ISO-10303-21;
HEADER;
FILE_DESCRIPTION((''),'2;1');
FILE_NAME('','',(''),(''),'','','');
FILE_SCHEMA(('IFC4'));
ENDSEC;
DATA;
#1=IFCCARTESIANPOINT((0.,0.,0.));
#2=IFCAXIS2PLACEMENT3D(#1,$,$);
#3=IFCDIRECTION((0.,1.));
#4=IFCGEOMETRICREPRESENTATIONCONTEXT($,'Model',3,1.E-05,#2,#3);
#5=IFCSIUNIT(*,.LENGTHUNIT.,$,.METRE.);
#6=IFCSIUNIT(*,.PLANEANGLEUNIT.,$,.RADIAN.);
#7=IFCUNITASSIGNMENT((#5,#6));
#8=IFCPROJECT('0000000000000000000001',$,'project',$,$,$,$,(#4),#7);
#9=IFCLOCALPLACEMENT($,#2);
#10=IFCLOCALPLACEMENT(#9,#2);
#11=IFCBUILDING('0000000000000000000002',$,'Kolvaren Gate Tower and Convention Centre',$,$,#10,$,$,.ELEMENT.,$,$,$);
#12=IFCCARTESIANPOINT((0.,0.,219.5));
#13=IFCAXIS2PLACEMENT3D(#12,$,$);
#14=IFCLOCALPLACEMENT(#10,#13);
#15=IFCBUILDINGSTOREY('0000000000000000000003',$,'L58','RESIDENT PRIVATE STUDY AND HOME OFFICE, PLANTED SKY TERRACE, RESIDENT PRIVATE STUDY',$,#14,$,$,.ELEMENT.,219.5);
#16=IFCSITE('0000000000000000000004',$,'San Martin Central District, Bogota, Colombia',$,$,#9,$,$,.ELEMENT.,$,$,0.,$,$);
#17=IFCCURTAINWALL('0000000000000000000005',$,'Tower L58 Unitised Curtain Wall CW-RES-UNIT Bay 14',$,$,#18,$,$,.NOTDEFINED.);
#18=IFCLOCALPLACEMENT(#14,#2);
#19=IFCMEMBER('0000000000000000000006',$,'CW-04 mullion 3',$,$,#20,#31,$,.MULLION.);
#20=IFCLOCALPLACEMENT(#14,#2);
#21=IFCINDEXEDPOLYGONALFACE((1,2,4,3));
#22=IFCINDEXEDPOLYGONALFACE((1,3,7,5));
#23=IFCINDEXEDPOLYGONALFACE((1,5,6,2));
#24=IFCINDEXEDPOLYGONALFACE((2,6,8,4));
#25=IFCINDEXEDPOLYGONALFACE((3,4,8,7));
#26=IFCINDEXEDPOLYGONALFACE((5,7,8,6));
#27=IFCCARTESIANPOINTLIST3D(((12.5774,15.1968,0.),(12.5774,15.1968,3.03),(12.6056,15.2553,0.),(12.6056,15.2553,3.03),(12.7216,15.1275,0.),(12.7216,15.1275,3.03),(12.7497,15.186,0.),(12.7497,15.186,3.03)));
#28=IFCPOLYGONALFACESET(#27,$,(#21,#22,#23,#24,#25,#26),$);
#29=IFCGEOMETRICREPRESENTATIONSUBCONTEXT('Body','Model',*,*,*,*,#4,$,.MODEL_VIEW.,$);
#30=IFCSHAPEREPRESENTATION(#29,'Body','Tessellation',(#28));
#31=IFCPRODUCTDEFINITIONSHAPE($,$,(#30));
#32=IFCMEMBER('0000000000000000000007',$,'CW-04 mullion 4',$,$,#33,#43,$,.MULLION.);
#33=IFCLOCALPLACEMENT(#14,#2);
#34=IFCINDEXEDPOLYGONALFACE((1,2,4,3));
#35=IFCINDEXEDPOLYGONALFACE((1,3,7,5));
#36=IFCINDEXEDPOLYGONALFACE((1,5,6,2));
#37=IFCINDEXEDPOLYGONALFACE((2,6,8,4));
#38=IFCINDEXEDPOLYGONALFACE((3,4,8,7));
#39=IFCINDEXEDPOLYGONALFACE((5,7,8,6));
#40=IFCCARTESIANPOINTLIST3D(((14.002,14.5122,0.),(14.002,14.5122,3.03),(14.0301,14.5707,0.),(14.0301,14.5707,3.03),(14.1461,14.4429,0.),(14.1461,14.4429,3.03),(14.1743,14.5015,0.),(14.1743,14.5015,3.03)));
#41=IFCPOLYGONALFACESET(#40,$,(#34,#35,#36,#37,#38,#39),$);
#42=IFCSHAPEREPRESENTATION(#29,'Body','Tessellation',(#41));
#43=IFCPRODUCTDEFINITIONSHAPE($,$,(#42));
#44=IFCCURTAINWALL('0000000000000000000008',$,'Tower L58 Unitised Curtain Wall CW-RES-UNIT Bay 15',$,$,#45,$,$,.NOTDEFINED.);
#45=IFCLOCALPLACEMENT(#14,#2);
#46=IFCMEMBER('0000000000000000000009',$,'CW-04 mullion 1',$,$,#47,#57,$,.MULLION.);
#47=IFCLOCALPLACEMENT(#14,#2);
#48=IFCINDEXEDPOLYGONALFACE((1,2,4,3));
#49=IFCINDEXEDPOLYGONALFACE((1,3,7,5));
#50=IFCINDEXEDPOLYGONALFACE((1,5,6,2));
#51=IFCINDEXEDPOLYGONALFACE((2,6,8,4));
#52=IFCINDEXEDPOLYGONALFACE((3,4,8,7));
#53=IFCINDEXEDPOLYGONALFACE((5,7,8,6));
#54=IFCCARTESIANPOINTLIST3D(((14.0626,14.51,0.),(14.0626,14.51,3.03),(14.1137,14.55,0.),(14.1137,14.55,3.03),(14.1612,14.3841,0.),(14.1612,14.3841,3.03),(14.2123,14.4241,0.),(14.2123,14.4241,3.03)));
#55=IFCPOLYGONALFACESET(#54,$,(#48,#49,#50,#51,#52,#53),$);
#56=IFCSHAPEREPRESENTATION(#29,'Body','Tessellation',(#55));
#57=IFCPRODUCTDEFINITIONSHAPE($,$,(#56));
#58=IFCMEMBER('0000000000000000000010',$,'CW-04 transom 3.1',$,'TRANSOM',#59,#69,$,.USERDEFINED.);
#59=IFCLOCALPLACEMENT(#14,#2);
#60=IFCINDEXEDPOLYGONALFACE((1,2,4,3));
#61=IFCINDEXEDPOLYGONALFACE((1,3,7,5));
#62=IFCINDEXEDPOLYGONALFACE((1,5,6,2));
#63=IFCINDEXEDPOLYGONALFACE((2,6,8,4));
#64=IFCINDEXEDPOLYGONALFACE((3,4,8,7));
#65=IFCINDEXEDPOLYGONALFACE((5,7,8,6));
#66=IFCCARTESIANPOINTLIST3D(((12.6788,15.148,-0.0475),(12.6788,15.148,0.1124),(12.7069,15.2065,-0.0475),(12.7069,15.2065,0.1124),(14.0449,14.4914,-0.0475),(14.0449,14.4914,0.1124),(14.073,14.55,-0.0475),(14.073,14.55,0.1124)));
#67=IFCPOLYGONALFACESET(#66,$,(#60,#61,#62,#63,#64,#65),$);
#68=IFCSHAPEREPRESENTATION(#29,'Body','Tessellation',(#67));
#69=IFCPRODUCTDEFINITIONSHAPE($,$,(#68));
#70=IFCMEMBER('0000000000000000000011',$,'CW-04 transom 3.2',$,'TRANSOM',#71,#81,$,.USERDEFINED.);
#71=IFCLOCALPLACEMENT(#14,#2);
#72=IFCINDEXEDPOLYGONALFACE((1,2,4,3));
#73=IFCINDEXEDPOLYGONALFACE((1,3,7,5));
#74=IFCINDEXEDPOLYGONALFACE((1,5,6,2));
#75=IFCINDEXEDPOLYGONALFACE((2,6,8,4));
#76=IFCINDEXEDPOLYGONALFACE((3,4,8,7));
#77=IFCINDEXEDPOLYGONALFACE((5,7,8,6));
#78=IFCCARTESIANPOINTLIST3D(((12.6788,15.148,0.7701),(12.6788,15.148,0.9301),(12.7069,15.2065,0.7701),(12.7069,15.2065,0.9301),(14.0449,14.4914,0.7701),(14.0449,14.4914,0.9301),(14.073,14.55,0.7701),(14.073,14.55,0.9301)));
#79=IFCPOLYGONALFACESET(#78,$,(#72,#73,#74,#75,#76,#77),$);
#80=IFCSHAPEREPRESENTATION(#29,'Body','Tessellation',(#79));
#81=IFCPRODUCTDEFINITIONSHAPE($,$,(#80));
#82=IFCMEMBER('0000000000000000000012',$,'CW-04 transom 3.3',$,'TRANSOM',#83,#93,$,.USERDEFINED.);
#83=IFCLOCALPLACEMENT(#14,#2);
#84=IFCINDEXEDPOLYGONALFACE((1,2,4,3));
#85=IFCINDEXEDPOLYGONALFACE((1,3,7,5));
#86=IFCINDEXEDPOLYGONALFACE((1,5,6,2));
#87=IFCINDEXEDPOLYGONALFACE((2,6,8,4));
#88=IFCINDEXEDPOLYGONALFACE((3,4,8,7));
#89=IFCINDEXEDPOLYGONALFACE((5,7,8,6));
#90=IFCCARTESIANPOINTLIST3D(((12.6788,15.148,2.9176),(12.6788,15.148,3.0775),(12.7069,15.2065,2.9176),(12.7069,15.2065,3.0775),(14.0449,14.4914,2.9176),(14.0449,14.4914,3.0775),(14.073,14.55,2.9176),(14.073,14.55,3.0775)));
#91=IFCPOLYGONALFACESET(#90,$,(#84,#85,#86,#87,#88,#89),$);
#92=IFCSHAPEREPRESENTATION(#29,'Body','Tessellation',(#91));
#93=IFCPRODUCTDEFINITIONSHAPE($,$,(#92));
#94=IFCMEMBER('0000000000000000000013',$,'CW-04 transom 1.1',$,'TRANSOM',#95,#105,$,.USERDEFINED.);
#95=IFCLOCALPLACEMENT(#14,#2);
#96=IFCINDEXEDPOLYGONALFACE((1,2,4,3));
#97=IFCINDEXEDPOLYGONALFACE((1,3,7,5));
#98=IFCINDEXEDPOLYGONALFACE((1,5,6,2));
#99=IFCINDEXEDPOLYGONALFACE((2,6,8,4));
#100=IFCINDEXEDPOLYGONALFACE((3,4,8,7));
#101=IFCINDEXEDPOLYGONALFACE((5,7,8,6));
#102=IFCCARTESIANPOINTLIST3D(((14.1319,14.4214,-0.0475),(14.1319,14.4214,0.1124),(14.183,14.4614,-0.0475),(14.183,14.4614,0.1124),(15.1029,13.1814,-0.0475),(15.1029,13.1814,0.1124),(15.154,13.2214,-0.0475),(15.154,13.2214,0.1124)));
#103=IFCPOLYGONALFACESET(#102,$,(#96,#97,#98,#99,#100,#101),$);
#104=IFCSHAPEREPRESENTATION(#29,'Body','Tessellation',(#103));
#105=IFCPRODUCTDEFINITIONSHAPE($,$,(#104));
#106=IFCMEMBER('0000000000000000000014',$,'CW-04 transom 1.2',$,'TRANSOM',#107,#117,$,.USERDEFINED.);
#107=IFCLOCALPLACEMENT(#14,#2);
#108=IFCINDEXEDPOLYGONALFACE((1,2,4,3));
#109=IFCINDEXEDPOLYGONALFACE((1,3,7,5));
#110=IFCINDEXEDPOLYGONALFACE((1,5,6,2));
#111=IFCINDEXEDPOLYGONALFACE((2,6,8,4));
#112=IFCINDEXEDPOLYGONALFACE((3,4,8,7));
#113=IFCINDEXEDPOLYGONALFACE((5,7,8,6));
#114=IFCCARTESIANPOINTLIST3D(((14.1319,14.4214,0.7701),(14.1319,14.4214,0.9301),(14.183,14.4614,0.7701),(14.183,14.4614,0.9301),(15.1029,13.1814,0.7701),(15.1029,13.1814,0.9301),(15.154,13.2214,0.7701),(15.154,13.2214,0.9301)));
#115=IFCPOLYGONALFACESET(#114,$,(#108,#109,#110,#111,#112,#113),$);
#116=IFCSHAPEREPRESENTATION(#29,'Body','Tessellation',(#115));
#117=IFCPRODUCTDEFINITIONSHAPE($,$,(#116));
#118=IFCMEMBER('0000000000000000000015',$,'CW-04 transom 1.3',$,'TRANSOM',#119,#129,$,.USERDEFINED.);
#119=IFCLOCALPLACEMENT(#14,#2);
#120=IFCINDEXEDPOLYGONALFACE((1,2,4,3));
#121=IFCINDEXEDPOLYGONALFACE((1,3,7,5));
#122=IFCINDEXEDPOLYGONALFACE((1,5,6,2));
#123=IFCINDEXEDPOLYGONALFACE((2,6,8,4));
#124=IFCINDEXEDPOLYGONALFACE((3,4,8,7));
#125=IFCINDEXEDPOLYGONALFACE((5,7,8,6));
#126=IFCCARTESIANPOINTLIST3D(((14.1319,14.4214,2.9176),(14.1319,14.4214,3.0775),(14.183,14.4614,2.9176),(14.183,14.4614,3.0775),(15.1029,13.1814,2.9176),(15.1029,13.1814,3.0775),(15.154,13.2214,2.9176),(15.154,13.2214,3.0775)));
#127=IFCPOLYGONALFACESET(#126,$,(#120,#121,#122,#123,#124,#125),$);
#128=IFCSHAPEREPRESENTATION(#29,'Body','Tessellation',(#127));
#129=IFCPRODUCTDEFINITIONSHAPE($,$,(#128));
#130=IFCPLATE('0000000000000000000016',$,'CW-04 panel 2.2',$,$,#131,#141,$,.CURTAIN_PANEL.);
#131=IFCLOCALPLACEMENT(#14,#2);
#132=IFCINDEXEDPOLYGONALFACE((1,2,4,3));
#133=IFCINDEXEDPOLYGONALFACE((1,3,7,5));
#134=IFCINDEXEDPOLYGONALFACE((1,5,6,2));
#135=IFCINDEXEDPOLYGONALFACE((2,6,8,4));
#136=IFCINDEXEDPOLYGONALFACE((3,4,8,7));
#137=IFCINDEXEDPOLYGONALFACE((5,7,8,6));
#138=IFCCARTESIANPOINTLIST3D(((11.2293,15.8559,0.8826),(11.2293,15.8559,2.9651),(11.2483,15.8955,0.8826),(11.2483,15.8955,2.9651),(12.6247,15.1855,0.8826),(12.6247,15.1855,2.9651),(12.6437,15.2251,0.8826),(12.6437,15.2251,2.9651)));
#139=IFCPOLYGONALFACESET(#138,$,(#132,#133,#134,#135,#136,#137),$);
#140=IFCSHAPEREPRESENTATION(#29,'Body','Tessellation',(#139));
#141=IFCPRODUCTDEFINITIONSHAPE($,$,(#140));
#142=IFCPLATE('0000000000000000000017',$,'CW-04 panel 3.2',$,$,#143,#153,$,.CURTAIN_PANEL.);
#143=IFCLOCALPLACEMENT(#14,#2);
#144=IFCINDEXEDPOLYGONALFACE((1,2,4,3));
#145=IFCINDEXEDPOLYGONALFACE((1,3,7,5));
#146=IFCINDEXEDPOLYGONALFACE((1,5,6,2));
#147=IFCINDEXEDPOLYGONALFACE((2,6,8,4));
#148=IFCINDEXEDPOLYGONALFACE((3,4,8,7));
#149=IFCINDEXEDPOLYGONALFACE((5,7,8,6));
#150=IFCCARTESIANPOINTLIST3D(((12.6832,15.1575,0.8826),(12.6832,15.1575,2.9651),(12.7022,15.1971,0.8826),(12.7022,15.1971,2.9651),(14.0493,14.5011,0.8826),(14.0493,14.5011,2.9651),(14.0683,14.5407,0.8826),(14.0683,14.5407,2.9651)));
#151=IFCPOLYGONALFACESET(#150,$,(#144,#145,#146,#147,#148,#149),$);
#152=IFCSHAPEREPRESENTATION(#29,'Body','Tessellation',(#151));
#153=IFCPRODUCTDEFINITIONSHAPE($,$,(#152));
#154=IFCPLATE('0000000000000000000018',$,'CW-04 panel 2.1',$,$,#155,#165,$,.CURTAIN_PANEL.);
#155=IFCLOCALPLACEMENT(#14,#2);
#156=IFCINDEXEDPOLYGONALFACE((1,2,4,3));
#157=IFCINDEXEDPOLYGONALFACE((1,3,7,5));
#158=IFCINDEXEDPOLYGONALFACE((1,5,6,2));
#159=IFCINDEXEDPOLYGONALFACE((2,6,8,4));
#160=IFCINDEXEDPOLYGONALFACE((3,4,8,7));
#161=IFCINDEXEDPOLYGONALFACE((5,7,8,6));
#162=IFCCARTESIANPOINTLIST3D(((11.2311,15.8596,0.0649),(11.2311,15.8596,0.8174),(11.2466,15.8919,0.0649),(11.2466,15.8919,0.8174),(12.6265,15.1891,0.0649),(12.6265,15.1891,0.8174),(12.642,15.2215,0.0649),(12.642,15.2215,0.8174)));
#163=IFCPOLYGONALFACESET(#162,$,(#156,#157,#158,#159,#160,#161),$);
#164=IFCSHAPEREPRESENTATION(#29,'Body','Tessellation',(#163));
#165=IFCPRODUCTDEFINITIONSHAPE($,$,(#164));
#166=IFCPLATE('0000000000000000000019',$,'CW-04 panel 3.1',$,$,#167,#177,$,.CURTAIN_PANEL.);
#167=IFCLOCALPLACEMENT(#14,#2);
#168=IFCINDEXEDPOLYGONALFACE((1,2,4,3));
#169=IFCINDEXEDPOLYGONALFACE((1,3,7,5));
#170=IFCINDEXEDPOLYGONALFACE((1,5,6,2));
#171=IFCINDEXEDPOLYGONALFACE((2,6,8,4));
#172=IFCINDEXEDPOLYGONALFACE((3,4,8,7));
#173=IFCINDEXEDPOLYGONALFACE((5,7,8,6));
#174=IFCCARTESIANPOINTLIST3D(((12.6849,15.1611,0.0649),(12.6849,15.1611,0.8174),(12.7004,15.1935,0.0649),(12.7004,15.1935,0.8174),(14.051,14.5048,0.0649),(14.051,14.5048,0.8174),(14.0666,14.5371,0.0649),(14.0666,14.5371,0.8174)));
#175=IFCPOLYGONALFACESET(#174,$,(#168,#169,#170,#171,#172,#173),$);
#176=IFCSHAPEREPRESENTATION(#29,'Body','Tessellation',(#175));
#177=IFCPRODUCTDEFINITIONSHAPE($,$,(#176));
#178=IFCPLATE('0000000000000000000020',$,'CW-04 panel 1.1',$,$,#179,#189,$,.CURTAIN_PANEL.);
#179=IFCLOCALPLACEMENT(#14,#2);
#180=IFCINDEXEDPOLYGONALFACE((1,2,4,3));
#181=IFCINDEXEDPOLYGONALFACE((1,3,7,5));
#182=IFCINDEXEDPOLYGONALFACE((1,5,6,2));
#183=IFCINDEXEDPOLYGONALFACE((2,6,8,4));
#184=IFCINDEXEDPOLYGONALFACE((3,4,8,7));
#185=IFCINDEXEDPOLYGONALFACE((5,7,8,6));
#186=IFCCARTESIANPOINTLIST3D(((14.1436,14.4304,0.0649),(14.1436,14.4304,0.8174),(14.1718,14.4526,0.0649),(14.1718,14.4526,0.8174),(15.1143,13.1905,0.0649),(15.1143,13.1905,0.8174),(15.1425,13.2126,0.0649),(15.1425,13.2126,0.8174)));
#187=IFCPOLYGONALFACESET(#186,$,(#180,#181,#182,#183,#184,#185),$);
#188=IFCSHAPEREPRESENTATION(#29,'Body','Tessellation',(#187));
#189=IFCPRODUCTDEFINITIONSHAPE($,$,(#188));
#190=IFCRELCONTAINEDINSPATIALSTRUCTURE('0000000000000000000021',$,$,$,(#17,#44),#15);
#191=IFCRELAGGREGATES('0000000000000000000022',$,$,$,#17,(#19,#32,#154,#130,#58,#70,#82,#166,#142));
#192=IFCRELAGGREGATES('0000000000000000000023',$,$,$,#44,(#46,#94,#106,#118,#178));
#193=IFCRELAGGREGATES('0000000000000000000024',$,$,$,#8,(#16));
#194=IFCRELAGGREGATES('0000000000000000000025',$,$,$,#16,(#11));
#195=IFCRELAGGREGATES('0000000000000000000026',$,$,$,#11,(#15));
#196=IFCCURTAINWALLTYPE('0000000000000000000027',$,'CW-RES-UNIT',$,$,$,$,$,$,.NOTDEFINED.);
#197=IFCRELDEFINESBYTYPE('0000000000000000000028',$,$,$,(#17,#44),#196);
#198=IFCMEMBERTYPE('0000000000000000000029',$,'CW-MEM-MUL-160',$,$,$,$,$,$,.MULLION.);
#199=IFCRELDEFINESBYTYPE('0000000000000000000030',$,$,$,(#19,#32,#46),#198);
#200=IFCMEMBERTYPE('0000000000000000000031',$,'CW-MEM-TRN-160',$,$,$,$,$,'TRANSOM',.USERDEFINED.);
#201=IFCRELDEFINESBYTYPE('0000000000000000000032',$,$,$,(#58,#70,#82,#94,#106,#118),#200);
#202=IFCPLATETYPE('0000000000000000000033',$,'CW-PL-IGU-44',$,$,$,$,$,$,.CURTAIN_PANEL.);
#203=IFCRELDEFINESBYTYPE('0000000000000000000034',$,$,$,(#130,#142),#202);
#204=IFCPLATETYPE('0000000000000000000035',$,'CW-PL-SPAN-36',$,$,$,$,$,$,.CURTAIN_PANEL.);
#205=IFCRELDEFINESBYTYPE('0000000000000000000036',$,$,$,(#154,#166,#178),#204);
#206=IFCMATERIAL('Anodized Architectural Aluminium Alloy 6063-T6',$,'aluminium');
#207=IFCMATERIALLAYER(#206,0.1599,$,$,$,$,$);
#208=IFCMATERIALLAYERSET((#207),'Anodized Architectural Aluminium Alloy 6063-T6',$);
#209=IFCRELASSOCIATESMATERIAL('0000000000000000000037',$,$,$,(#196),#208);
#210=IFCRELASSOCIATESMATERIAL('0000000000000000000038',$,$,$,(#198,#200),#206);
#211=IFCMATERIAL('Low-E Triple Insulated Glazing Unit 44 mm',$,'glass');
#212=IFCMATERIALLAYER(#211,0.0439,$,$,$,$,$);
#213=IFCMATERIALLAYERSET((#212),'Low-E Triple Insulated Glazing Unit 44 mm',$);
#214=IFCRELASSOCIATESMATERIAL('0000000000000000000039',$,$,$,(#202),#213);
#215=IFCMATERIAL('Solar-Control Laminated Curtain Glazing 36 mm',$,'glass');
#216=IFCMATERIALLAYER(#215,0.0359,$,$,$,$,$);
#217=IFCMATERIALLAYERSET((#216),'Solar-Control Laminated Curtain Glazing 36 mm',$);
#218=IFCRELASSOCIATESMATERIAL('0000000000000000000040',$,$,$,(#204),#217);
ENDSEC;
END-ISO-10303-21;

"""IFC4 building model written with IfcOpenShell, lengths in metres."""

from ifc_helpers import new_model, si_unit, direction, frame, origin, origin_2d, place, context, subcontext, project, spatial, rectangle, extrude, material, layer, layer_set, material_profile, profile_set, type_object, element, aggregate, save


model = new_model("IFC4")

# Units and contexts
model_context = context("Model", 3, precision=1e-05, world=origin(), true_north=direction((0.0, 1.0)))
body_context = subcontext(model_context, "Body", "Model", "MODEL_VIEW")
ifc_project = project(units=[si_unit("LENGTHUNIT", "METRE"), si_unit("PLANEANGLEUNIT", "RADIAN")], contexts=[model_context])

# Site, building, storey
site_placement = place(None, origin())
site = spatial("IfcSite", under=ifc_project, at=site_placement, Name="San Martin Central District, Bogota, Colombia", CompositionType="ELEMENT", RefElevation=0.0)
building_placement = place(site_placement, origin())
building = spatial("IfcBuilding", under=site, at=building_placement, Name="Kolvaren Gate Tower and Convention Centre", CompositionType="ELEMENT")
storey_placement = place(building_placement, frame((0.0, 0.0, 219.5)))
storey = spatial("IfcBuildingStorey", under=building, at=storey_placement, Name="L58", Description="RESIDENT PRIVATE STUDY AND HOME OFFICE, PLANTED SKY TERRACE, RESIDENT PRIVATE STUDY", CompositionType="ELEMENT", Elevation=219.5)

# Curtain wall, members
ifc_material_1 = material(Name="Anodized Architectural Aluminium Alloy 6063-T6", Category="aluminium")
ifc_layer_1 = layer(ifc_material_1, 0.1599)
ifc_layer_set_1 = layer_set([ifc_layer_1], Name="Anodized Architectural Aluminium Alloy 6063-T6")
curtain_wall_type = type_object("IfcCurtainWallType", Name="CW-RES-UNIT", PredefinedType="NOTDEFINED", material=ifc_layer_set_1)
curtain_wall_1_placement = place(storey_placement, origin())
curtain_wall_1 = element("IfcCurtainWall", 1, at=curtain_wall_1_placement, inside=storey, type_object=curtain_wall_type, Name="Tower L58 Unitised Curtain Wall CW-RES-UNIT Bay 14", PredefinedType="NOTDEFINED")
ifc_material_profile_1 = material_profile(ifc_material_1, rectangle(XDim=0.0649, YDim=0.1599, at=origin_2d()), Name="CW-MEM-MUL-160")
ifc_profile_set_1 = profile_set([ifc_material_profile_1], Name="Anodized Architectural Aluminium Alloy 6063-T6")
member_type_1 = type_object("IfcMemberType", Name="CW-MEM-MUL-160", PredefinedType="MULLION", material=ifc_profile_set_1)
member_1_placement = place(storey_placement, frame((12.6636, 15.1914, 0.0), z_axis=(0.0, 0.0, 1.0), x_axis=(0.433066, 0.901362, 0.0)))
member_1 = element("IfcMember", 2, at=member_1_placement, type_object=member_type_1, Name="CW-04 mullion 3", PredefinedType="MULLION", context=body_context, shape_type="SweptSolid", body=[
    extrude(rectangle(XDim=0.0649, YDim=0.1599, at=origin_2d()), origin(), (0.0, 0.0, 1.0), 3.03),
])
member_2_placement = place(storey_placement, frame((14.0881, 14.5068, 0.0), z_axis=(0.0, 0.0, 1.0), x_axis=(0.433066, 0.901362, 0.0)))
member_2 = element("IfcMember", 3, at=member_2_placement, type_object=member_type_1, Name="CW-04 mullion 4", PredefinedType="MULLION", context=body_context, shape_type="SweptSolid", body=[
    extrude(rectangle(XDim=0.0649, YDim=0.1599, at=origin_2d()), origin(), (0.0, 0.0, 1.0), 3.03),
])

# Curtain wall, member
curtain_wall_2_placement = place(storey_placement, origin())
curtain_wall_2 = element("IfcCurtainWall", 4, at=curtain_wall_2_placement, inside=storey, type_object=curtain_wall_type, Name="Tower L58 Unitised Curtain Wall CW-RES-UNIT Bay 15", PredefinedType="NOTDEFINED")
member_3_placement = place(storey_placement, frame((14.1375, 14.467, 0.0), z_axis=(0.0, 0.0, 1.0), x_axis=(0.78741, 0.61643, 0.0)))
member_3 = element("IfcMember", 5, at=member_3_placement, type_object=member_type_1, Name="CW-04 mullion 1", PredefinedType="MULLION", context=body_context, shape_type="SweptSolid", body=[
    extrude(rectangle(XDim=0.0649, YDim=0.1599, at=origin_2d()), origin(), (0.0, 0.0, 1.0), 3.03),
])

# Members
ifc_material_profile_2 = material_profile(ifc_material_1, rectangle(XDim=0.0649, YDim=0.1599, at=origin_2d()), Name="CW-MEM-TRN-160")
ifc_profile_set_2 = profile_set([ifc_material_profile_2], Name="Anodized Architectural Aluminium Alloy 6063-T6")
member_type_2 = type_object("IfcMemberType", Name="CW-MEM-TRN-160", ElementType="TRANSOM", PredefinedType="USERDEFINED", material=ifc_profile_set_2)
member_4_placement = place(storey_placement, frame((12.6929, 15.1772, 0.0325), z_axis=(0.901309, -0.433176, 0.0), x_axis=(0.433176, 0.901309, 0.0)))
member_4 = element("IfcMember", 6, at=member_4_placement, type_object=member_type_2, Name="CW-04 transom 3.1", ObjectType="TRANSOM", PredefinedType="USERDEFINED", context=body_context, shape_type="SweptSolid", body=[
    extrude(rectangle(XDim=0.0649, YDim=0.1599, at=origin_2d()), origin(), (0.0, 0.0, 1.0), 1.5156),
])
member_5_placement = place(storey_placement, frame((12.6929, 15.1772, 0.8501), z_axis=(0.901309, -0.433176, 0.0), x_axis=(0.433176, 0.901309, 0.0)))
member_5 = element("IfcMember", 7, at=member_5_placement, type_object=member_type_2, Name="CW-04 transom 3.2", ObjectType="TRANSOM", PredefinedType="USERDEFINED", context=body_context, shape_type="SweptSolid", body=[
    extrude(rectangle(XDim=0.0649, YDim=0.1599, at=origin_2d()), origin(), (0.0, 0.0, 1.0), 1.5156),
])
member_6_placement = place(storey_placement, frame((12.6929, 15.1772, 2.9976), z_axis=(0.901309, -0.433176, 0.0), x_axis=(0.433176, 0.901309, 0.0)))
member_6 = element("IfcMember", 8, at=member_6_placement, type_object=member_type_2, Name="CW-04 transom 3.3", ObjectType="TRANSOM", PredefinedType="USERDEFINED", context=body_context, shape_type="SweptSolid", body=[
    extrude(rectangle(XDim=0.0649, YDim=0.1599, at=origin_2d()), origin(), (0.0, 0.0, 1.0), 1.5156),
])
member_7_placement = place(storey_placement, frame((14.1575, 14.4414, 0.0325), z_axis=(0.616513, -0.787345, 0.0), x_axis=(0.787345, 0.616513, 0.0)))
member_7 = element("IfcMember", 9, at=member_7_placement, type_object=member_type_2, Name="CW-04 transom 1.1", ObjectType="TRANSOM", PredefinedType="USERDEFINED", context=body_context, shape_type="SweptSolid", body=[
    extrude(rectangle(XDim=0.0649, YDim=0.1599, at=origin_2d()), origin(), (0.0, 0.0, 1.0), 1.575),
])
member_8_placement = place(storey_placement, frame((14.1575, 14.4414, 0.8501), z_axis=(0.616513, -0.787345, 0.0), x_axis=(0.787345, 0.616513, 0.0)))
member_8 = element("IfcMember", 10, at=member_8_placement, type_object=member_type_2, Name="CW-04 transom 1.2", ObjectType="TRANSOM", PredefinedType="USERDEFINED", context=body_context, shape_type="SweptSolid", body=[
    extrude(rectangle(XDim=0.0649, YDim=0.1599, at=origin_2d()), origin(), (0.0, 0.0, 1.0), 1.575),
])
member_9_placement = place(storey_placement, frame((14.1575, 14.4414, 2.9976), z_axis=(0.616513, -0.787345, 0.0), x_axis=(0.787345, 0.616513, 0.0)))
member_9 = element("IfcMember", 11, at=member_9_placement, type_object=member_type_2, Name="CW-04 transom 1.3", ObjectType="TRANSOM", PredefinedType="USERDEFINED", context=body_context, shape_type="SweptSolid", body=[
    extrude(rectangle(XDim=0.0649, YDim=0.1599, at=origin_2d()), origin(), (0.0, 0.0, 1.0), 1.575),
])

# Plates
ifc_material_2 = material(Name="Low-E Triple Insulated Glazing Unit 44 mm", Category="glass")
ifc_layer_2 = layer(ifc_material_2, 0.0439)
ifc_layer_set_2 = layer_set([ifc_layer_2], Name="Low-E Triple Insulated Glazing Unit 44 mm")
plate_type_1 = type_object("IfcPlateType", Name="CW-PL-IGU-44", PredefinedType="CURTAIN_PANEL", material=ifc_layer_set_2)
plate_1_placement = place(storey_placement, frame((11.9365, 15.5405, 0.8826), z_axis=(0.0, 0.0, 1.0), x_axis=(0.901362, -0.433066, 0.0)))
plate_1 = element("IfcPlate", 12, at=plate_1_placement, type_object=plate_type_1, Name="CW-04 panel 2.2", PredefinedType="CURTAIN_PANEL", context=body_context, shape_type="SweptSolid", body=[
    extrude(rectangle(XDim=1.5481, YDim=0.0439, at=origin_2d()), origin(), (0.0, 0.0, 1.0), 2.0825),
])
plate_2_placement = place(storey_placement, frame((13.3757, 14.8491, 0.8826), z_axis=(0.0, 0.0, 1.0), x_axis=(0.901362, -0.433066, 0.0)))
plate_2 = element("IfcPlate", 13, at=plate_2_placement, type_object=plate_type_1, Name="CW-04 panel 3.2", PredefinedType="CURTAIN_PANEL", context=body_context, shape_type="SweptSolid", body=[
    extrude(rectangle(XDim=1.5156, YDim=0.0439, at=origin_2d()), origin(), (0.0, 0.0, 1.0), 2.0825),
])
ifc_material_3 = material(Name="Solar-Control Laminated Curtain Glazing 36 mm", Category="glass")
ifc_layer_3 = layer(ifc_material_3, 0.0359)
ifc_layer_set_3 = layer_set([ifc_layer_3], Name="Solar-Control Laminated Curtain Glazing 36 mm")
plate_type_2 = type_object("IfcPlateType", Name="CW-PL-SPAN-36", PredefinedType="CURTAIN_PANEL", material=ifc_layer_set_3)
plate_3_placement = place(storey_placement, frame((11.9365, 15.5405, 0.0649), z_axis=(0.0, 0.0, 1.0), x_axis=(0.901362, -0.433066, 0.0)))
plate_3 = element("IfcPlate", 14, at=plate_3_placement, type_object=plate_type_2, Name="CW-04 panel 2.1", PredefinedType="CURTAIN_PANEL", context=body_context, shape_type="SweptSolid", body=[
    extrude(rectangle(XDim=1.5481, YDim=0.0359, at=origin_2d()), origin(), (0.0, 0.0, 1.0), 0.7524),
])
plate_4_placement = place(storey_placement, frame((13.3757, 14.8491, 0.0649), z_axis=(0.0, 0.0, 1.0), x_axis=(0.901362, -0.433066, 0.0)))
plate_4 = element("IfcPlate", 15, at=plate_4_placement, type_object=plate_type_2, Name="CW-04 panel 3.1", PredefinedType="CURTAIN_PANEL", context=body_context, shape_type="SweptSolid", body=[
    extrude(rectangle(XDim=1.5156, YDim=0.0359, at=origin_2d()), origin(), (0.0, 0.0, 1.0), 0.7524),
])
aggregate(curtain_wall_1, [member_1, member_2, plate_3, plate_1, member_4, member_5, member_6, plate_4, plate_2])
plate_5_placement = place(storey_placement, frame((14.6431, 13.8215, 0.0649), z_axis=(0.0, 0.0, 1.0), x_axis=(0.61643, -0.78741, 0.0)))
plate_5 = element("IfcPlate", 16, at=plate_5_placement, type_object=plate_type_2, Name="CW-04 panel 1.1", PredefinedType="CURTAIN_PANEL", context=body_context, shape_type="SweptSolid", body=[
    extrude(rectangle(XDim=1.5747, YDim=0.0359, at=origin_2d()), origin(), (0.0, 0.0, 1.0), 0.7524),
])
aggregate(curtain_wall_2, [member_3, member_7, member_8, member_9, plate_5])

save(model, "model.ifc")
